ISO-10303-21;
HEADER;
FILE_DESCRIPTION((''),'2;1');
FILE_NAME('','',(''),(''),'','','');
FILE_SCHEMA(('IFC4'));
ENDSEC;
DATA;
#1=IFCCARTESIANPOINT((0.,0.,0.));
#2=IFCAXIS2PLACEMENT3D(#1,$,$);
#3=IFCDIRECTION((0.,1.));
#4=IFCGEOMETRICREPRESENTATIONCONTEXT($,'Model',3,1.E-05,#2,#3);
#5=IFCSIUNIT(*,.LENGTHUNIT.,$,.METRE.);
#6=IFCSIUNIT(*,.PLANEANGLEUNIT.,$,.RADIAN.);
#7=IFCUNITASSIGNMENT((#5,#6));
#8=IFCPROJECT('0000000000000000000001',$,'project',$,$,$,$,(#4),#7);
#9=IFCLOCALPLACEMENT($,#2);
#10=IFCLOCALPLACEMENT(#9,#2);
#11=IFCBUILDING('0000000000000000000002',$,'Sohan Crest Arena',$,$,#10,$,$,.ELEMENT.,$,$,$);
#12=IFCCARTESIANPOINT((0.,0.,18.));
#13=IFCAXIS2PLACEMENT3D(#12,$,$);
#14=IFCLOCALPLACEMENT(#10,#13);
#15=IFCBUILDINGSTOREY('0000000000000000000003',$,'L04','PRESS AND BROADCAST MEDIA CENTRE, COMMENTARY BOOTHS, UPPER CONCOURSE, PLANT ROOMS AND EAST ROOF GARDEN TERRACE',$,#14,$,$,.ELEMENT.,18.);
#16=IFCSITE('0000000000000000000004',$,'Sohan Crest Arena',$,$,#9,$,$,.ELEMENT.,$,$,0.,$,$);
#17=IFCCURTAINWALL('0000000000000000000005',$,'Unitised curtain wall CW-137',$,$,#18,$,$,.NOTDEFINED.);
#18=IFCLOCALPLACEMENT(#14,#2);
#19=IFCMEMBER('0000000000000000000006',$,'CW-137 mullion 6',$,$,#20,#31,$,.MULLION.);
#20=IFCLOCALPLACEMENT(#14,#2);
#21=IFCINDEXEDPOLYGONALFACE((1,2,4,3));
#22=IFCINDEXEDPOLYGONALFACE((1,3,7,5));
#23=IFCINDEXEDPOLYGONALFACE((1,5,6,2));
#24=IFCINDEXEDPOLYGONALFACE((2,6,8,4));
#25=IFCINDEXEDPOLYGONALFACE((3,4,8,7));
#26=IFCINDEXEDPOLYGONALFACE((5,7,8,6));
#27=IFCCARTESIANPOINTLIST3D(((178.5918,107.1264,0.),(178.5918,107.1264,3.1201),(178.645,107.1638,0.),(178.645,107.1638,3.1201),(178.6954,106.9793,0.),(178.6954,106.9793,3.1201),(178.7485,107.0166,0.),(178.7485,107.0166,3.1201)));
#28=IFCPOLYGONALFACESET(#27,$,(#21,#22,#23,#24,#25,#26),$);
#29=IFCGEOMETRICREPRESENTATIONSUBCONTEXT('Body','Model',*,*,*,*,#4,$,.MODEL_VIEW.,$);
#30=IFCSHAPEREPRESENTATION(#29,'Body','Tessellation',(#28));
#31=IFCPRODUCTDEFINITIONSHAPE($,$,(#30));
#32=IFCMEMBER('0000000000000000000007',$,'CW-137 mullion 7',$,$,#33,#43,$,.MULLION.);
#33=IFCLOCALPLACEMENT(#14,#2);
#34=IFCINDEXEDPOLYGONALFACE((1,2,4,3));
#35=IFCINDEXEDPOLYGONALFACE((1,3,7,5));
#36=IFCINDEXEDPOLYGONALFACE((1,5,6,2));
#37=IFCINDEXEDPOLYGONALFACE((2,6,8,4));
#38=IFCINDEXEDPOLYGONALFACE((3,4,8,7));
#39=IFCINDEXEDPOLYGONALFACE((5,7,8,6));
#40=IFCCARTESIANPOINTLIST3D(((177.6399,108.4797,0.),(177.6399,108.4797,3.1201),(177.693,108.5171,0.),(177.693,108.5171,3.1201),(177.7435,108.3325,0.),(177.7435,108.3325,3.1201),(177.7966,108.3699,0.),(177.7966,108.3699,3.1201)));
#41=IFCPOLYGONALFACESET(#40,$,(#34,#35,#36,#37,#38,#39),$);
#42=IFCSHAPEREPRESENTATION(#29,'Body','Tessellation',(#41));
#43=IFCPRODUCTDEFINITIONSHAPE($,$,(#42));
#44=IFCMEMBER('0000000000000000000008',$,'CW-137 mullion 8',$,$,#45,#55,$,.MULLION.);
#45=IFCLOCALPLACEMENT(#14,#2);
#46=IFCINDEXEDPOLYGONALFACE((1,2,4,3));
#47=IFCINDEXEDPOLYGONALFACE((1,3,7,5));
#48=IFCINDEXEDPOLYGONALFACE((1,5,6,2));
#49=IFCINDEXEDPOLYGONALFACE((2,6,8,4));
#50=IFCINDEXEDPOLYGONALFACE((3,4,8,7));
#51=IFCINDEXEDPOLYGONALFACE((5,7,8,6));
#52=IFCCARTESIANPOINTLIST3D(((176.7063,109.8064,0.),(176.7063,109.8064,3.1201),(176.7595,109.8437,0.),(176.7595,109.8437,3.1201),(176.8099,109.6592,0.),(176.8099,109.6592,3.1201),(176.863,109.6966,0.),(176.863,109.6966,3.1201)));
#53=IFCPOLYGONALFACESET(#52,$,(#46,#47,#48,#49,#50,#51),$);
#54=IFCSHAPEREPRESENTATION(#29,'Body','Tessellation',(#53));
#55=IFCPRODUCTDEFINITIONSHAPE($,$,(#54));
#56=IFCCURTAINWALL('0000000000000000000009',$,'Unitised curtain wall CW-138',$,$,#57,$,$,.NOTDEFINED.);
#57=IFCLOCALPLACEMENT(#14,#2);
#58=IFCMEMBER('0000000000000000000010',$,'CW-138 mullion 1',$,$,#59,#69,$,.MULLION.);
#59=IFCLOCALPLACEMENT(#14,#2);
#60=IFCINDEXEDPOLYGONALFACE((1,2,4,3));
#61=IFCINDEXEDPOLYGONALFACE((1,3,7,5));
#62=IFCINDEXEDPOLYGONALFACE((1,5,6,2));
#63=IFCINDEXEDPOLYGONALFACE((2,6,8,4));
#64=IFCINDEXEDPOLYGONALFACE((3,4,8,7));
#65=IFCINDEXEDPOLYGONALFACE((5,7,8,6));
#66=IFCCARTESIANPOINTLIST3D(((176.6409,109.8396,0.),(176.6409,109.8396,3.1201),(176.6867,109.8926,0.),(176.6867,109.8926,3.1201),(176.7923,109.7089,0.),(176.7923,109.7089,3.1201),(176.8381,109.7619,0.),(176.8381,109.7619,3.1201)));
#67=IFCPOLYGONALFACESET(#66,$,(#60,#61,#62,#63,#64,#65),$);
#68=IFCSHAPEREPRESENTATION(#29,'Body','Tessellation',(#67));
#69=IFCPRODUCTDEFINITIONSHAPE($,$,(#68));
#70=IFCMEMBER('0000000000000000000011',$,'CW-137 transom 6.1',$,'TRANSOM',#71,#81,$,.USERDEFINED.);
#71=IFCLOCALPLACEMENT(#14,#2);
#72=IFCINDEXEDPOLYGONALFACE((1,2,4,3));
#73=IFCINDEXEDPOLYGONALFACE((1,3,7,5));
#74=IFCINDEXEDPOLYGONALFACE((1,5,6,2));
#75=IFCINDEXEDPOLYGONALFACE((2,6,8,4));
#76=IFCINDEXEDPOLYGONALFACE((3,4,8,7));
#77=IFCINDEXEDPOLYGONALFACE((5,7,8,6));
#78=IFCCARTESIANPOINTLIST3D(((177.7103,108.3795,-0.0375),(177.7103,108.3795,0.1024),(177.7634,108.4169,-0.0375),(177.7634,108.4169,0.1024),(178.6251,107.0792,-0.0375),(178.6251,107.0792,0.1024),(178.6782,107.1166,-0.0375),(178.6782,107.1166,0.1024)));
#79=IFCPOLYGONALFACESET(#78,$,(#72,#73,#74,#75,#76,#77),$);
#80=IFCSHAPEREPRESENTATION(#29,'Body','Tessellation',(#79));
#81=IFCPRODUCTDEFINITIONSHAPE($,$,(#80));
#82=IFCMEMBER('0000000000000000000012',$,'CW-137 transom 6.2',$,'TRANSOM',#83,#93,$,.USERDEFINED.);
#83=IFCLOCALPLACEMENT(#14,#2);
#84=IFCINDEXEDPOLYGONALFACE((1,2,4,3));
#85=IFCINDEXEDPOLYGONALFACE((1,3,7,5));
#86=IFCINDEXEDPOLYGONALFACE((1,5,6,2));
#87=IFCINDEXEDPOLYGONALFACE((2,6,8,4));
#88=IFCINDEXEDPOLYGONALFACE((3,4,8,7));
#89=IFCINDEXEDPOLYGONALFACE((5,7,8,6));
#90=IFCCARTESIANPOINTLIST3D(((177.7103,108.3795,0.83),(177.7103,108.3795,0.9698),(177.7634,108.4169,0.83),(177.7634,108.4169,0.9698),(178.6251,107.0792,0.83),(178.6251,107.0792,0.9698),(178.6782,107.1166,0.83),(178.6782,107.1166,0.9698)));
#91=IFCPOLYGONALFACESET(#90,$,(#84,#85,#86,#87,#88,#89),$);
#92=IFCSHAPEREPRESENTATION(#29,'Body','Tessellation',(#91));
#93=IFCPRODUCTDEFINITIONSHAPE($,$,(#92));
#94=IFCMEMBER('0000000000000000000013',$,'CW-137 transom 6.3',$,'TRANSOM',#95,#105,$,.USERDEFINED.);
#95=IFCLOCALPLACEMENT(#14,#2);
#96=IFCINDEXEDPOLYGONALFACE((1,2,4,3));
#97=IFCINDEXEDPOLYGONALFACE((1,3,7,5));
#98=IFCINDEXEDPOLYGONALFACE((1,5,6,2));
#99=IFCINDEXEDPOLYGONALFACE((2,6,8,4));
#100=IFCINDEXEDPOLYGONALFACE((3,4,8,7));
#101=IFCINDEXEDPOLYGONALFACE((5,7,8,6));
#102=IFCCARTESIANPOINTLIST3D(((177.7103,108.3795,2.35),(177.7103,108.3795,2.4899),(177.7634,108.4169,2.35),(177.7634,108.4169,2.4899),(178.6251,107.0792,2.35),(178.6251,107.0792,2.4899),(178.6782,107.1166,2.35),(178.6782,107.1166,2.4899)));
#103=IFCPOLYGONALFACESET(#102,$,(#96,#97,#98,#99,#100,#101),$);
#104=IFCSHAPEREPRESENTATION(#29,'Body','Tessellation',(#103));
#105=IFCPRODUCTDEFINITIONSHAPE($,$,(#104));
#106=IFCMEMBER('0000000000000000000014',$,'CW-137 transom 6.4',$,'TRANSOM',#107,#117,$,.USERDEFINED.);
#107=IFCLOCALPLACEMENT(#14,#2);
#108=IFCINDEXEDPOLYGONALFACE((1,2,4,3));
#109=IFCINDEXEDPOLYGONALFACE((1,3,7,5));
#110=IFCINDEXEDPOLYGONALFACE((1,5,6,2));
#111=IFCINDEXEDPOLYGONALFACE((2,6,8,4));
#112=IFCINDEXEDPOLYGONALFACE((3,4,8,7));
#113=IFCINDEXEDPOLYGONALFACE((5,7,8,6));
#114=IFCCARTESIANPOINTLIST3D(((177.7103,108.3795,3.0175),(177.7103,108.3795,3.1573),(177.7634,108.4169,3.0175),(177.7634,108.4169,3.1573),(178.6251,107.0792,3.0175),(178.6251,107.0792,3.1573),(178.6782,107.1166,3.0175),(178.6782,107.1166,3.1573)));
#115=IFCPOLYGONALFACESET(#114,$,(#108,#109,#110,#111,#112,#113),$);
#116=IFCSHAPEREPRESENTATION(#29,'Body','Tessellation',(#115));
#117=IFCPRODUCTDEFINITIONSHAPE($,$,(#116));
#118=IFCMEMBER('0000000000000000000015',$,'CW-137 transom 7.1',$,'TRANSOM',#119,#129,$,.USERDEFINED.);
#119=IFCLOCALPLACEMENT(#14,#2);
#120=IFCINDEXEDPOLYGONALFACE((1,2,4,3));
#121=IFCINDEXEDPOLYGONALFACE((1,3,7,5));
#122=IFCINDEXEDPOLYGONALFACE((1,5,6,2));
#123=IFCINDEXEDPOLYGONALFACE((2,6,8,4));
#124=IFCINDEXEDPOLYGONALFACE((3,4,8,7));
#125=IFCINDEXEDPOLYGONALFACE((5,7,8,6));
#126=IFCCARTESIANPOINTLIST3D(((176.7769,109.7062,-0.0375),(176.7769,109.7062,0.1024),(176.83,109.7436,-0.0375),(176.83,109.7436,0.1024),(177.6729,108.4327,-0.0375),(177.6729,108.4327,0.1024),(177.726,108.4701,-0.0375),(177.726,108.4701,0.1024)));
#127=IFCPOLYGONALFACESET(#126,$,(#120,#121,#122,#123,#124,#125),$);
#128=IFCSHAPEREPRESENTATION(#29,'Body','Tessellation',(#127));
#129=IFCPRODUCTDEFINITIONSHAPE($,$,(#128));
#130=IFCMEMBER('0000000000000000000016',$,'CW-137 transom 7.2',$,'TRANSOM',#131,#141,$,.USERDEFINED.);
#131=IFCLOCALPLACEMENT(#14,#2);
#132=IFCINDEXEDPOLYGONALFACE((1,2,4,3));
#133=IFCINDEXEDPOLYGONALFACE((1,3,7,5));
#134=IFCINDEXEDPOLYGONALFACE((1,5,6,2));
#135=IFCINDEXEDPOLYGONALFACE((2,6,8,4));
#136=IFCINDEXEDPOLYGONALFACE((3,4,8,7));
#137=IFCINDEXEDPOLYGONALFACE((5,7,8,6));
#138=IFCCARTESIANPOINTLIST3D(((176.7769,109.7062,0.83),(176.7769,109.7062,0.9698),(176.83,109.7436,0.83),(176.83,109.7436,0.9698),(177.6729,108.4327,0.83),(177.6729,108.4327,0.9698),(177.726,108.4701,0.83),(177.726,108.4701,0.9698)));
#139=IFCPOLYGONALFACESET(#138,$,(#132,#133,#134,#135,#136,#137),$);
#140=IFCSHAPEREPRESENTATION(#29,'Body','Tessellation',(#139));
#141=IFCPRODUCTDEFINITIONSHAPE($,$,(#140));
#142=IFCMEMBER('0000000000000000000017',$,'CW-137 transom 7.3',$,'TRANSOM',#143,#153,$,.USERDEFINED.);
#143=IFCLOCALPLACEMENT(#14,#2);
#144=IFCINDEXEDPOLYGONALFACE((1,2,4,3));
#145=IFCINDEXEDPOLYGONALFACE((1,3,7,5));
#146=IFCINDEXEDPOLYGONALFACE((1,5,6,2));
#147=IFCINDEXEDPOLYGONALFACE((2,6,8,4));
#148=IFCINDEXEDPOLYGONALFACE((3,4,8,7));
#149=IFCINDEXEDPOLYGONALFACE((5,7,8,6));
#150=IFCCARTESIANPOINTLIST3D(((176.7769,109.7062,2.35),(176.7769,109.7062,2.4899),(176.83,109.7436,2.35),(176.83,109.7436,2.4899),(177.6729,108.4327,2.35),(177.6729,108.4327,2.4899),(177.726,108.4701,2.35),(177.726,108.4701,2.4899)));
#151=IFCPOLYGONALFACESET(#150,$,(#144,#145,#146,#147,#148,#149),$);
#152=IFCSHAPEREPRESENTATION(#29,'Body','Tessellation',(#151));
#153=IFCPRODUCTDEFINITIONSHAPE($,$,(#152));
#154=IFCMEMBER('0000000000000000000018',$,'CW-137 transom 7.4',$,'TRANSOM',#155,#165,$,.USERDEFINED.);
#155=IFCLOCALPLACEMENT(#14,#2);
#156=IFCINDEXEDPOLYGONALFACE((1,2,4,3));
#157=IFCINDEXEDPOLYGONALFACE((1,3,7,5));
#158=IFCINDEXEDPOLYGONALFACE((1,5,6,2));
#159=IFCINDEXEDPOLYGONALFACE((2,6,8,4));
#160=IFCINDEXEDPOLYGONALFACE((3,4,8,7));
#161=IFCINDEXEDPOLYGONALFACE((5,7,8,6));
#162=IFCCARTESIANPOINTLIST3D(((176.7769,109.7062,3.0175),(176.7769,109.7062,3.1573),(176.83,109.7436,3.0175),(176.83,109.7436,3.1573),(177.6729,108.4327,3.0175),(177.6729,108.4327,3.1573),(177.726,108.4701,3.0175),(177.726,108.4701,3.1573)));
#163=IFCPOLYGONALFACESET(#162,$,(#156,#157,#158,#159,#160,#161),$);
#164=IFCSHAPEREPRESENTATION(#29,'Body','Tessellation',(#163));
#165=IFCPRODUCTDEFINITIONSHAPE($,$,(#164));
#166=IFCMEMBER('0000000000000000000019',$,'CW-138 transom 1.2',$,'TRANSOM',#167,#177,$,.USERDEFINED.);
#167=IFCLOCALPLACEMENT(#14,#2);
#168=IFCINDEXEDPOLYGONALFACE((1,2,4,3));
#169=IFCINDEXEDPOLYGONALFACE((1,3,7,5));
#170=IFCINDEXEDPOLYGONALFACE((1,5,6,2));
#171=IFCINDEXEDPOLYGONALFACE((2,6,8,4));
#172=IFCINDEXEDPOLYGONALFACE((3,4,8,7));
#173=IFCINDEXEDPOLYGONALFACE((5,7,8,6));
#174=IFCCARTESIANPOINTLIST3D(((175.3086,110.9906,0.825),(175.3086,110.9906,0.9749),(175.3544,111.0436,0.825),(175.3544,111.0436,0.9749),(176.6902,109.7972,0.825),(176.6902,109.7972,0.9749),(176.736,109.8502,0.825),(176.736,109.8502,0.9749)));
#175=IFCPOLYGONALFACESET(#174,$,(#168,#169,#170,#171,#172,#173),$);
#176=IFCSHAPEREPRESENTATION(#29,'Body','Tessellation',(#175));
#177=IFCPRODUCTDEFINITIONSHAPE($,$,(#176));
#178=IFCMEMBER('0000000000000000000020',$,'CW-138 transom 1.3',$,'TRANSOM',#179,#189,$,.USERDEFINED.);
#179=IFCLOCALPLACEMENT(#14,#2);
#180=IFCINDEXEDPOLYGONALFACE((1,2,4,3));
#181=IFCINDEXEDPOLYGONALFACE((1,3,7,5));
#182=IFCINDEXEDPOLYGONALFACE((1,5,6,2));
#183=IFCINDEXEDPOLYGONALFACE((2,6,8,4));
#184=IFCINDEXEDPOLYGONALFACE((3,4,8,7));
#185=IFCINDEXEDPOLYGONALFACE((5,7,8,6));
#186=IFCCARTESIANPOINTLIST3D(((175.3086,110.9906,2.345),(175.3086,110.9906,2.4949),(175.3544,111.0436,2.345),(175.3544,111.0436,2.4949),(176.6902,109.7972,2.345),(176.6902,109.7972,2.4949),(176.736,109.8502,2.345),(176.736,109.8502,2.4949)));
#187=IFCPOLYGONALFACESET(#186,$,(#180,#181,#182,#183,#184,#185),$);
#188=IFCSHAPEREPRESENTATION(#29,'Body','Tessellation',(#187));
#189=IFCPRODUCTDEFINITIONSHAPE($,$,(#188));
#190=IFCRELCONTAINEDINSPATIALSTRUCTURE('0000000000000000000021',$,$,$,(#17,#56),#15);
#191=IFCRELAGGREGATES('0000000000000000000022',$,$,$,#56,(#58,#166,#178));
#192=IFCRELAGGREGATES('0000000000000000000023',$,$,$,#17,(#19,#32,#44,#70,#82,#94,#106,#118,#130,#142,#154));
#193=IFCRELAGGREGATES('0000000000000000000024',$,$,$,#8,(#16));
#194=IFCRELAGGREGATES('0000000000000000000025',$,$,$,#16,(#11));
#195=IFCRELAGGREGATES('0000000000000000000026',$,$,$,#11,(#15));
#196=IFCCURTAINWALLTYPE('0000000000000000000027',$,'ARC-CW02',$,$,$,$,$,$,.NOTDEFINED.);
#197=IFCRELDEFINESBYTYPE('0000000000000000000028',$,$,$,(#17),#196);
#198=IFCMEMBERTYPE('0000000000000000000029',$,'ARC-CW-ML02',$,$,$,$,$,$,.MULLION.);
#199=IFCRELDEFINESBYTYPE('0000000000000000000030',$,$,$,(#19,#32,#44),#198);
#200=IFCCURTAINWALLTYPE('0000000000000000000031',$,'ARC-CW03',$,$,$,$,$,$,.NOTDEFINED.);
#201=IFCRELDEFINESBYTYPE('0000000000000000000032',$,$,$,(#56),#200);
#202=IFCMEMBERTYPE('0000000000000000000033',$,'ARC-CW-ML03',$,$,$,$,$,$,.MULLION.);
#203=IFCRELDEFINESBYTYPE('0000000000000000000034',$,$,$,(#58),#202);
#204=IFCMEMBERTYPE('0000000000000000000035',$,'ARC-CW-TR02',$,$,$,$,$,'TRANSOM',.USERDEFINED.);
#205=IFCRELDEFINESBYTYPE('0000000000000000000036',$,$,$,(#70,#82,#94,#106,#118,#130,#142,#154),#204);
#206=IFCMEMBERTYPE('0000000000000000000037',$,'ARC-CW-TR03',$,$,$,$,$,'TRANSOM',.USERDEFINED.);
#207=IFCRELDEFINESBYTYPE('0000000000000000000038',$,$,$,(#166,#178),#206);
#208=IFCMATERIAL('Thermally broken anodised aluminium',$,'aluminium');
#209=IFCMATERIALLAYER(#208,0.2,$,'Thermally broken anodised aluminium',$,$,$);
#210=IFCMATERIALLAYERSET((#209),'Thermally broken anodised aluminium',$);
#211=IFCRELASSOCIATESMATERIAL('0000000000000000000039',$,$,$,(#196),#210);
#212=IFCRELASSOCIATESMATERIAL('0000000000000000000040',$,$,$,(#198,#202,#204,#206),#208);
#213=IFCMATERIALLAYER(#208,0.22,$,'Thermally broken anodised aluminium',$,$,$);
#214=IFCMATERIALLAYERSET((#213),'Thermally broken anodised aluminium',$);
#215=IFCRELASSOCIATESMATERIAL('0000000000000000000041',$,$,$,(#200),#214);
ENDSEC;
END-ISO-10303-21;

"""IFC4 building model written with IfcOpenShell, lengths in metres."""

from ifc_helpers import new_model, si_unit, direction, frame, origin, origin_2d, place, context, subcontext, project, spatial, rectangle, extrude, material, layer, layer_set, material_profile, profile_set, type_object, element, aggregate, save


model = new_model("IFC4")

# Units and contexts
model_context = context("Model", 3, precision=1e-05, world=origin(), true_north=direction((0.0, 1.0)))
body_context = subcontext(model_context, "Body", "Model", "MODEL_VIEW")
ifc_project = project(units=[si_unit("LENGTHUNIT", "METRE"), si_unit("PLANEANGLEUNIT", "RADIAN")], contexts=[model_context])

# Site, building, storey
site_placement = place(None, origin())
site = spatial("IfcSite", under=ifc_project, at=site_placement, Name="Sohan Crest Arena", CompositionType="ELEMENT", RefElevation=0.0)
building_placement = place(site_placement, origin())
building = spatial("IfcBuilding", under=site, at=building_placement, Name="Sohan Crest Arena", CompositionType="ELEMENT")
storey_placement = place(building_placement, frame((0.0, 0.0, 18.0)))
storey = spatial("IfcBuildingStorey", under=building, at=storey_placement, Name="L04", Description="PRESS AND BROADCAST MEDIA CENTRE, COMMENTARY BOOTHS, UPPER CONCOURSE, PLANT ROOMS AND EAST ROOF GARDEN TERRACE", CompositionType="ELEMENT", Elevation=18.0)

# Curtain wall, members
ifc_material_1 = material(Name="Thermally broken anodised aluminium", Category="aluminium")
ifc_layer_1 = layer(ifc_material_1, 0.2, Name="Thermally broken anodised aluminium")
ifc_layer_set_1 = layer_set([ifc_layer_1], Name="Thermally broken anodised aluminium")
curtain_wall_type_1 = type_object("IfcCurtainWallType", Name="ARC-CW02", PredefinedType="NOTDEFINED", material=ifc_layer_set_1)
curtain_wall_1_placement = place(storey_placement, origin())
curtain_wall_1 = element("IfcCurtainWall", 1, at=curtain_wall_1_placement, inside=storey, type_object=curtain_wall_type_1, Name="Unitised curtain wall CW-137", PredefinedType="NOTDEFINED")
ifc_material_profile_1 = material_profile(ifc_material_1, rectangle(XDim=0.0649, YDim=0.1799, at=origin_2d()), Name="ALU-MULL 65x180")
ifc_profile_set_1 = profile_set([ifc_material_profile_1], Name="Thermally broken anodised aluminium")
member_type_1 = type_object("IfcMemberType", Name="ARC-CW-ML02", PredefinedType="MULLION", material=ifc_profile_set_1)
member_1_placement = place(storey_placement, frame((178.6702, 107.0715, 0.0), z_axis=(0.0, 0.0, 1.0), x_axis=(-0.817855, -0.575425, 0.0)))
member_1 = element("IfcMember", 2, at=member_1_placement, type_object=member_type_1, Name="CW-137 mullion 6", PredefinedType="MULLION", context=body_context, shape_type="SweptSolid", body=[
    extrude(rectangle(XDim=0.0649, YDim=0.1799, at=origin_2d()), origin(), (0.0, 0.0, 1.0), 3.1201),
])
member_2_placement = place(storey_placement, frame((177.7183, 108.4248, 0.0), z_axis=(0.0, 0.0, 1.0), x_axis=(-0.817855, -0.575425, 0.0)))
member_2 = element("IfcMember", 3, at=member_2_placement, type_object=member_type_1, Name="CW-137 mullion 7", PredefinedType="MULLION", context=body_context, shape_type="SweptSolid", body=[
    extrude(rectangle(XDim=0.0649, YDim=0.1799, at=origin_2d()), origin(), (0.0, 0.0, 1.0), 3.1201),
])
member_3_placement = place(storey_placement, frame((176.7847, 109.7515, 0.0), z_axis=(0.0, 0.0, 1.0), x_axis=(-0.817855, -0.575425, 0.0)))
member_3 = element("IfcMember", 4, at=member_3_placement, type_object=member_type_1, Name="CW-137 mullion 8", PredefinedType="MULLION", context=body_context, shape_type="SweptSolid", body=[
    extrude(rectangle(XDim=0.0649, YDim=0.1799, at=origin_2d()), origin(), (0.0, 0.0, 1.0), 3.1201),
])

# Curtain wall, member
ifc_layer_2 = layer(ifc_material_1, 0.22, Name="Thermally broken anodised aluminium")
ifc_layer_set_2 = layer_set([ifc_layer_2], Name="Thermally broken anodised aluminium")
curtain_wall_type_2 = type_object("IfcCurtainWallType", Name="ARC-CW03", PredefinedType="NOTDEFINED", material=ifc_layer_set_2)
curtain_wall_2_placement = place(storey_placement, origin())
curtain_wall_2 = element("IfcCurtainWall", 5, at=curtain_wall_2_placement, inside=storey, type_object=curtain_wall_type_2, Name="Unitised curtain wall CW-138", PredefinedType="NOTDEFINED")
ifc_material_profile_2 = material_profile(ifc_material_1, rectangle(XDim=0.0701, YDim=0.2, at=origin_2d()), Name="ALU-MULL 70x200")
ifc_profile_set_2 = profile_set([ifc_material_profile_2], Name="Thermally broken anodised aluminium")
member_type_2 = type_object("IfcMemberType", Name="ARC-CW-ML03", PredefinedType="MULLION", material=ifc_profile_set_2)
member_4_placement = place(storey_placement, frame((176.7395, 109.8008, 0.0), z_axis=(0.0, 0.0, 1.0), x_axis=(-0.653687, -0.756765, 0.0)))
member_4 = element("IfcMember", 6, at=member_4_placement, type_object=member_type_2, Name="CW-138 mullion 1", PredefinedType="MULLION", context=body_context, shape_type="SweptSolid", body=[
    extrude(rectangle(XDim=0.0701, YDim=0.2, at=origin_2d()), origin(), (0.0, 0.0, 1.0), 3.1201),
])

# Members
ifc_material_profile_3 = material_profile(ifc_material_1, rectangle(XDim=0.0649, YDim=0.1399, at=origin_2d()), Name="ALU-TRAN 65x140")
ifc_profile_set_3 = profile_set([ifc_material_profile_3], Name="Thermally broken anodised aluminium")
member_type_3 = type_object("IfcMemberType", Name="ARC-CW-TR02", ElementType="TRANSOM", PredefinedType="USERDEFINED", material=ifc_profile_set_3)
member_5_placement = place(storey_placement, frame((178.6516, 107.0979, 0.0325), z_axis=(-0.575398, 0.817873, 0.0), x_axis=(-0.817873, -0.575398, 0.0)))
member_5 = element("IfcMember", 7, at=member_5_placement, type_object=member_type_3, Name="CW-137 transom 6.1", ObjectType="TRANSOM", PredefinedType="USERDEFINED", context=body_context, shape_type="SweptSolid", body=[
    extrude(rectangle(XDim=0.0649, YDim=0.1399, at=origin_2d()), origin(), (0.0, 0.0, 1.0), 1.5898),
])
member_6_placement = place(storey_placement, frame((178.6516, 107.0979, 0.8999), z_axis=(-0.575398, 0.817873, 0.0), x_axis=(-0.817873, -0.575398, 0.0)))
member_6 = element("IfcMember", 8, at=member_6_placement, type_object=member_type_3, Name="CW-137 transom 6.2", ObjectType="TRANSOM", PredefinedType="USERDEFINED", context=body_context, shape_type="SweptSolid", body=[
    extrude(rectangle(XDim=0.0649, YDim=0.1399, at=origin_2d()), origin(), (0.0, 0.0, 1.0), 1.5898),
])
member_7_placement = place(storey_placement, frame((178.6516, 107.0979, 2.4199), z_axis=(-0.575398, 0.817873, 0.0), x_axis=(-0.817873, -0.575398, 0.0)))
member_7 = element("IfcMember", 9, at=member_7_placement, type_object=member_type_3, Name="CW-137 transom 6.3", ObjectType="TRANSOM", PredefinedType="USERDEFINED", context=body_context, shape_type="SweptSolid", body=[
    extrude(rectangle(XDim=0.0649, YDim=0.1399, at=origin_2d()), origin(), (0.0, 0.0, 1.0), 1.5898),
])
member_8_placement = place(storey_placement, frame((178.6516, 107.0979, 3.0874), z_axis=(-0.575398, 0.817873, 0.0), x_axis=(-0.817873, -0.575398, 0.0)))
member_8 = element("IfcMember", 10, at=member_8_placement, type_object=member_type_3, Name="CW-137 transom 6.4", ObjectType="TRANSOM", PredefinedType="USERDEFINED", context=body_context, shape_type="SweptSolid", body=[
    extrude(rectangle(XDim=0.0649, YDim=0.1399, at=origin_2d()), origin(), (0.0, 0.0, 1.0), 1.5898),
])
member_9_placement = place(storey_placement, frame((177.6995, 108.4514, 0.0325), z_axis=(-0.575439, 0.817845, 0.0), x_axis=(-0.817845, -0.575439, 0.0)))
member_9 = element("IfcMember", 11, at=member_9_placement, type_object=member_type_3, Name="CW-137 transom 7.1", ObjectType="TRANSOM", PredefinedType="USERDEFINED", context=body_context, shape_type="SweptSolid", body=[
    extrude(rectangle(XDim=0.0649, YDim=0.1399, at=origin_2d()), origin(), (0.0, 0.0, 1.0), 1.5571),
])
member_10_placement = place(storey_placement, frame((177.6995, 108.4514, 0.8999), z_axis=(-0.575439, 0.817845, 0.0), x_axis=(-0.817845, -0.575439, 0.0)))
member_10 = element("IfcMember", 12, at=member_10_placement, type_object=member_type_3, Name="CW-137 transom 7.2", ObjectType="TRANSOM", PredefinedType="USERDEFINED", context=body_context, shape_type="SweptSolid", body=[
    extrude(rectangle(XDim=0.0649, YDim=0.1399, at=origin_2d()), origin(), (0.0, 0.0, 1.0), 1.5571),
])
member_11_placement = place(storey_placement, frame((177.6995, 108.4514, 2.4199), z_axis=(-0.575439, 0.817845, 0.0), x_axis=(-0.817845, -0.575439, 0.0)))
member_11 = element("IfcMember", 13, at=member_11_placement, type_object=member_type_3, Name="CW-137 transom 7.3", ObjectType="TRANSOM", PredefinedType="USERDEFINED", context=body_context, shape_type="SweptSolid", body=[
    extrude(rectangle(XDim=0.0649, YDim=0.1399, at=origin_2d()), origin(), (0.0, 0.0, 1.0), 1.5571),
])
member_12_placement = place(storey_placement, frame((177.6995, 108.4514, 3.0874), z_axis=(-0.575439, 0.817845, 0.0), x_axis=(-0.817845, -0.575439, 0.0)))
member_12 = element("IfcMember", 14, at=member_12_placement, type_object=member_type_3, Name="CW-137 transom 7.4", ObjectType="TRANSOM", PredefinedType="USERDEFINED", context=body_context, shape_type="SweptSolid", body=[
    extrude(rectangle(XDim=0.0649, YDim=0.1399, at=origin_2d()), origin(), (0.0, 0.0, 1.0), 1.5571),
])
ifc_material_profile_4 = material_profile(ifc_material_1, rectangle(XDim=0.0701, YDim=0.1499, at=origin_2d()), Name="ALU-TRAN 70x150")
ifc_profile_set_4 = profile_set([ifc_material_profile_4], Name="Thermally broken anodised aluminium")
member_type_4 = type_object("IfcMemberType", Name="ARC-CW-TR03", ElementType="TRANSOM", PredefinedType="USERDEFINED", material=ifc_profile_set_4)
member_13_placement = place(storey_placement, frame((176.7131, 109.8237, 0.8999), z_axis=(-0.756778, 0.653672, 0.0), x_axis=(-0.653672, -0.756778, 0.0)))
member_13 = element("IfcMember", 15, at=member_13_placement, type_object=member_type_4, Name="CW-138 transom 1.2", ObjectType="TRANSOM", PredefinedType="USERDEFINED", context=body_context, shape_type="SweptSolid", body=[
    extrude(rectangle(XDim=0.0701, YDim=0.1499, at=origin_2d()), origin(), (0.0, 0.0, 1.0), 1.8257),
])
member_14_placement = place(storey_placement, frame((176.7131, 109.8237, 2.4199), z_axis=(-0.756778, 0.653672, 0.0), x_axis=(-0.653672, -0.756778, 0.0)))
member_14 = element("IfcMember", 16, at=member_14_placement, type_object=member_type_4, Name="CW-138 transom 1.3", ObjectType="TRANSOM", PredefinedType="USERDEFINED", context=body_context, shape_type="SweptSolid", body=[
    extrude(rectangle(XDim=0.0701, YDim=0.1499, at=origin_2d()), origin(), (0.0, 0.0, 1.0), 1.8257),
])
aggregate(curtain_wall_2, [member_4, member_13, member_14])

aggregate(curtain_wall_1, [member_1, member_2, member_3, member_5, member_6, member_7, member_8, member_9, member_10, member_11, member_12])

save(model, "model.ifc")
